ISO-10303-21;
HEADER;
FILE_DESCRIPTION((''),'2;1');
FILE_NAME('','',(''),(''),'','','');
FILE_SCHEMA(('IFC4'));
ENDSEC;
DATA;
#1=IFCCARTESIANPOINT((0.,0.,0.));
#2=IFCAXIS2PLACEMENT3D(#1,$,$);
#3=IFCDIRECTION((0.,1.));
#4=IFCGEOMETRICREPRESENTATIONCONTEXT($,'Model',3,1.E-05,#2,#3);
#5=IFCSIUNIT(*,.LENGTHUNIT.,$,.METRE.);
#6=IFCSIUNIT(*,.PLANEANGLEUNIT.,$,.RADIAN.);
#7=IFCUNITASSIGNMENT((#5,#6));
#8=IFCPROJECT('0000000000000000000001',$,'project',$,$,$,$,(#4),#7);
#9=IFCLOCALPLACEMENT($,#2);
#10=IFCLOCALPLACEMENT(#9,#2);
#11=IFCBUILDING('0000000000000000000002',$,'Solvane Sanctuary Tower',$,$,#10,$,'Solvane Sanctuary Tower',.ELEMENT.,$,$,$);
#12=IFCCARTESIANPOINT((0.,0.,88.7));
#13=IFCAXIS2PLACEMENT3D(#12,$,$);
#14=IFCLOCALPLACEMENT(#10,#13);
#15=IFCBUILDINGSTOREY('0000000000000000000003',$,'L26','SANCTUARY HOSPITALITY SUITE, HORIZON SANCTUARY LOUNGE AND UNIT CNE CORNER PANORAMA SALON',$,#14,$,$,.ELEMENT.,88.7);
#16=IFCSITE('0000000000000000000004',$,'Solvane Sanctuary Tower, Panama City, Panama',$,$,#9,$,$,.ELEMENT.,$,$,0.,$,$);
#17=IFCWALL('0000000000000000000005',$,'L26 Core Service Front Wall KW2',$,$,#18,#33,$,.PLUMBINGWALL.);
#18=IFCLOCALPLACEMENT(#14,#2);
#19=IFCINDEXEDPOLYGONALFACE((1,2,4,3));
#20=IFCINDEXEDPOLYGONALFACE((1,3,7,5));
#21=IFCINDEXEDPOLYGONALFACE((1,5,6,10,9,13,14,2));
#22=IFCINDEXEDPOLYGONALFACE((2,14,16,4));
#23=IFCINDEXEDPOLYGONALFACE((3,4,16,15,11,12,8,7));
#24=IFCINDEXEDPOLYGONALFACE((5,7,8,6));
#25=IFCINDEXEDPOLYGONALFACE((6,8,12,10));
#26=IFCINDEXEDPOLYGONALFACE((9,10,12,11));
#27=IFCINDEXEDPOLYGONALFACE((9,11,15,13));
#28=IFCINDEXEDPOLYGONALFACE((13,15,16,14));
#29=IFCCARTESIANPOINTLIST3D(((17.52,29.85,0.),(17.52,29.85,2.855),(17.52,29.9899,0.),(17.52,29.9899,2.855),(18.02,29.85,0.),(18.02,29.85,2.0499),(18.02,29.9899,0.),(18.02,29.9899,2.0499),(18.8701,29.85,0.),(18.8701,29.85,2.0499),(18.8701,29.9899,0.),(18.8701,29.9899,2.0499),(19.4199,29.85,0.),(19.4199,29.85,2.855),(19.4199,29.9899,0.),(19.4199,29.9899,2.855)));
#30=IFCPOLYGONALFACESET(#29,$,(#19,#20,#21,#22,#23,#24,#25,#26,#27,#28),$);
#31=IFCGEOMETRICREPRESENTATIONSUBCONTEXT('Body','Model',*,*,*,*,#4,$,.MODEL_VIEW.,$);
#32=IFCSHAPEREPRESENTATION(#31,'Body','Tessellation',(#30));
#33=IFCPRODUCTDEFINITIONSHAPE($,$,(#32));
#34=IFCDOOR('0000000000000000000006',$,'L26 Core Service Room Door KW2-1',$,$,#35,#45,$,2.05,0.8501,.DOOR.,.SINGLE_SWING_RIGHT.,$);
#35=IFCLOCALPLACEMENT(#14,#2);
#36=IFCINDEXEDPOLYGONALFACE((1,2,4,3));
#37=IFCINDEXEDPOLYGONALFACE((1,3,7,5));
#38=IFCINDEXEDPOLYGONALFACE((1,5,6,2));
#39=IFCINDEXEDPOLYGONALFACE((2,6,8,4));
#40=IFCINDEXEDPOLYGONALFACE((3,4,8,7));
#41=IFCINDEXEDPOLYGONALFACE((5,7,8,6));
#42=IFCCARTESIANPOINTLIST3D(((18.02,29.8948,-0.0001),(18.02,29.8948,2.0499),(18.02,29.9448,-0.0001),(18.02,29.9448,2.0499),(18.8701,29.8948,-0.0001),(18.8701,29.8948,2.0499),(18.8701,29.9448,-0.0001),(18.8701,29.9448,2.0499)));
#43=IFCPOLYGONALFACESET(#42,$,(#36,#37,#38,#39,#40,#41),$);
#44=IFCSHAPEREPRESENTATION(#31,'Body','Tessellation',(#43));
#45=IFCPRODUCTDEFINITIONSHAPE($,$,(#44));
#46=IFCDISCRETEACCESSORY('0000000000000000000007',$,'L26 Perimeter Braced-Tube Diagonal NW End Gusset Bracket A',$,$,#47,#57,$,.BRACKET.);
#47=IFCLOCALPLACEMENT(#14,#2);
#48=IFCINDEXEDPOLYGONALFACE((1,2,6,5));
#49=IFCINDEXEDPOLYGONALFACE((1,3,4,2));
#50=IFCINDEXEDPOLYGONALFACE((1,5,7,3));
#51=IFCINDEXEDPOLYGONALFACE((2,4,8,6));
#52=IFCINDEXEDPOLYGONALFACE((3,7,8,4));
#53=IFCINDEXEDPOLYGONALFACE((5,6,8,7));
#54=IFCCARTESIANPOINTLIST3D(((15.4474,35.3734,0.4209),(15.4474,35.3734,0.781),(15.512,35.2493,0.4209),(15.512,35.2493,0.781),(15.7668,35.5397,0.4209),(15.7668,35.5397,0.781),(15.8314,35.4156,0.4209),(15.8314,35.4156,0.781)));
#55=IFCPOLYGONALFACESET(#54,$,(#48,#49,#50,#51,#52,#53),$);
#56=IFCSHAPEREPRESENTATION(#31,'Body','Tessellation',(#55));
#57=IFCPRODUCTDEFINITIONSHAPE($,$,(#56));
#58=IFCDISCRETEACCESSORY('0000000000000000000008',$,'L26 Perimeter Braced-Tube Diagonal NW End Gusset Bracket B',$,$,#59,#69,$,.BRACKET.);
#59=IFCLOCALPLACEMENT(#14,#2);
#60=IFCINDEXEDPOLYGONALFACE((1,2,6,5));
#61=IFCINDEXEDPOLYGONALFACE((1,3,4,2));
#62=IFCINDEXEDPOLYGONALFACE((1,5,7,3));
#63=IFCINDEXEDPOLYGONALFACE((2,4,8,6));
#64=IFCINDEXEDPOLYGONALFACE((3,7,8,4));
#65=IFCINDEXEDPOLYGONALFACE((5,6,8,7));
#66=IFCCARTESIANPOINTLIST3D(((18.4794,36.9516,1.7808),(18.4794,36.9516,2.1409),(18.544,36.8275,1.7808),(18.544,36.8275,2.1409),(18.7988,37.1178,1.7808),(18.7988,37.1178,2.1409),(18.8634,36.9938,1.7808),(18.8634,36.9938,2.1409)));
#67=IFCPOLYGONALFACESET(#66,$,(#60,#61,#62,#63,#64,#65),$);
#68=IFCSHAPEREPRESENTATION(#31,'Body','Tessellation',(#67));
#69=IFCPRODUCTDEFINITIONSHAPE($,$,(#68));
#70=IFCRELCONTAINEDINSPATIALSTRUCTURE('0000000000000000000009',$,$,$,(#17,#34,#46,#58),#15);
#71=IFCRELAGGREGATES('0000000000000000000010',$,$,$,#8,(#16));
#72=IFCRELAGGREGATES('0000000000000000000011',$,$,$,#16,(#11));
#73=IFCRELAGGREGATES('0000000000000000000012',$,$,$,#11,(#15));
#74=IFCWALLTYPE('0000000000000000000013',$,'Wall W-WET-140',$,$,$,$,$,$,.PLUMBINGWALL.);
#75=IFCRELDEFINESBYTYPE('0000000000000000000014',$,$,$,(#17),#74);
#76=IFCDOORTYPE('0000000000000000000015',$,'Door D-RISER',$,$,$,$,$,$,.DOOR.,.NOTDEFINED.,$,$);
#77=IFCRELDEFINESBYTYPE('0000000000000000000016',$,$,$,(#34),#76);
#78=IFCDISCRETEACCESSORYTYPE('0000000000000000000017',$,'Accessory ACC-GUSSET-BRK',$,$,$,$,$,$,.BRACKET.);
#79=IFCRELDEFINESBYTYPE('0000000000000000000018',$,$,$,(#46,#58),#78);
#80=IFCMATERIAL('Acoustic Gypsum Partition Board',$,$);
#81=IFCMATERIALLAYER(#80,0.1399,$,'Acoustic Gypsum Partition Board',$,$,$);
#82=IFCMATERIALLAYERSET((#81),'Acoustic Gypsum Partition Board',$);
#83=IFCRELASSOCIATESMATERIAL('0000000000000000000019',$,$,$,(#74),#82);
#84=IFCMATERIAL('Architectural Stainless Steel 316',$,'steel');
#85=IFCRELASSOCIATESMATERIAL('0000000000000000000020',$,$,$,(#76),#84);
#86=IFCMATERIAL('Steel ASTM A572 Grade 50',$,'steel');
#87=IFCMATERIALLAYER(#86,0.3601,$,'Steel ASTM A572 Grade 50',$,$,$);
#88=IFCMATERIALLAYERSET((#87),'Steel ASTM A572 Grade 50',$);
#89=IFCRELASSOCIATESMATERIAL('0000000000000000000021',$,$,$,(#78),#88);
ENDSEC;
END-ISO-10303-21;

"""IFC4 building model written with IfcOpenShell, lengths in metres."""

from ifc_helpers import new_model, si_unit, direction, frame, frame_2d, origin, origin_2d, place, context, subcontext, project, spatial, rectangle, extrude, material, layer, layer_set, type_object, element, fill, save


model = new_model("IFC4")

# Units and contexts
model_context = context("Model", 3, precision=1e-05, world=origin(), true_north=direction((0.0, 1.0)))
body_context = subcontext(model_context, "Body", "Model", "MODEL_VIEW")
ifc_project = project(units=[si_unit("LENGTHUNIT", "METRE"), si_unit("PLANEANGLEUNIT", "RADIAN")], contexts=[model_context])

# Site, building, storey
site_placement = place(None, origin())
site = spatial("IfcSite", under=ifc_project, at=site_placement, Name="Solvane Sanctuary Tower, Panama City, Panama", CompositionType="ELEMENT", RefElevation=0.0)
building_placement = place(site_placement, origin())
building = spatial("IfcBuilding", under=site, at=building_placement, Name="Solvane Sanctuary Tower", LongName="Solvane Sanctuary Tower", CompositionType="ELEMENT")
storey_placement = place(building_placement, frame((0.0, 0.0, 88.7)))
storey = spatial("IfcBuildingStorey", under=building, at=storey_placement, Name="L26", Description="SANCTUARY HOSPITALITY SUITE, HORIZON SANCTUARY LOUNGE AND UNIT CNE CORNER PANORAMA SALON", CompositionType="ELEMENT", Elevation=88.7)

# Shared definitions
ifc_material_1 = material(Name="Acoustic Gypsum Partition Board")

# Wall, opening, door
ifc_layer_1 = layer(ifc_material_1, 0.1399, Name="Acoustic Gypsum Partition Board")
ifc_layer_set_1 = layer_set([ifc_layer_1], Name="Acoustic Gypsum Partition Board")
wall_type_1 = type_object("IfcWallType", Name="Wall W-WET-140", PredefinedType="PLUMBINGWALL", material=ifc_layer_set_1)
ifc_material_2 = material(Name="Architectural Stainless Steel 316", Category="steel")
door_type_1 = type_object("IfcDoorType", Name="Door D-RISER", OperationType="NOTDEFINED", PredefinedType="DOOR", material=ifc_material_2)
wall_1_placement = place(storey_placement, frame((17.52, 29.9199, 0.0), z_axis=(0.0, 0.0, 1.0), x_axis=(1.0, 0.0, 0.0)))
wall_1 = element("IfcWall", 1, at=wall_1_placement, inside=storey, type_object=wall_type_1, Name="L26 Core Service Front Wall KW2", PredefinedType="PLUMBINGWALL", context=body_context, shape_type="SweptSolid", body=[
    extrude(rectangle(XDim=1.8999, YDim=0.1399, at=frame_2d((0.95, 0.0))), origin(), (0.0, 0.0, 1.0), 2.855),
])
opening_1_placement = place(wall_1_placement, frame((0.5, 0.0, 0.0)))
opening_1 = element("IfcOpeningElement", 2, at=opening_1_placement, cuts=wall_1, PredefinedType="OPENING", context=body_context, shape_type="SweptSolid", body=[
    extrude(rectangle(XDim=0.8501, YDim=2.05, at=frame_2d((0.425, 1.0249))), frame((0.0, 0.0798, 0.0), z_axis=(0.0, -1.0, 0.0), x_axis=(1.0, 0.0, 0.0)), (0.0, 0.0, 1.0), 0.1599),
])
door_1_placement = place(opening_1_placement, origin())
door_1 = element("IfcDoor", 3, at=door_1_placement, inside=storey, type_object=door_type_1, Name="L26 Core Service Room Door KW2-1", OperationType="SINGLE_SWING_RIGHT", OverallHeight=2.05, OverallWidth=0.8501, PredefinedType="DOOR", context=body_context, shape_type="SweptSolid", body=[
    extrude(rectangle(XDim=0.8501, YDim=2.05, at=frame_2d((0.425, 1.0249))), frame((0.0, 0.0249, 0.0), z_axis=(0.0, -1.0, 0.0), x_axis=(1.0, 0.0, 0.0)), (0.0, 0.0, 1.0), 0.05),
])
fill(opening_1, door_1)

# Discrete accessories
ifc_material_3 = material(Name="Steel ASTM A572 Grade 50", Category="steel")
ifc_layer_2 = layer(ifc_material_3, 0.3601, Name="Steel ASTM A572 Grade 50")
ifc_layer_set_2 = layer_set([ifc_layer_2], Name="Steel ASTM A572 Grade 50")
discrete_accessory_type = type_object("IfcDiscreteAccessoryType", Name="Accessory ACC-GUSSET-BRK", PredefinedType="BRACKET", material=ifc_layer_set_2)
for number, where, z_axis, x_axis, name in (
    (4, (15.6394, 35.3945, 0.4209), (0.0, 0.0, 1.0), (0.887011, 0.461749, 0.0), "L26 Perimeter Braced-Tube Diagonal NW End Gusset Bracket A"),
    (5, (18.6714, 36.9727, 1.7808), (0.0, 0.0, 1.0), (0.887011, 0.461749, 0.0), "L26 Perimeter Braced-Tube Diagonal NW End Gusset Bracket B"),
):
    element("IfcDiscreteAccessory", number, at=place(storey_placement, frame(where, z_axis=z_axis, x_axis=x_axis)), inside=storey, type_object=discrete_accessory_type, Name=name, PredefinedType="BRACKET", context=body_context, shape_type="SweptSolid", body=[
        extrude(rectangle(XDim=0.3601, YDim=0.1399, at=origin_2d()), origin(), (0.0, 0.0, 1.0), 0.3601),
    ])

save(model, "model.ifc")
